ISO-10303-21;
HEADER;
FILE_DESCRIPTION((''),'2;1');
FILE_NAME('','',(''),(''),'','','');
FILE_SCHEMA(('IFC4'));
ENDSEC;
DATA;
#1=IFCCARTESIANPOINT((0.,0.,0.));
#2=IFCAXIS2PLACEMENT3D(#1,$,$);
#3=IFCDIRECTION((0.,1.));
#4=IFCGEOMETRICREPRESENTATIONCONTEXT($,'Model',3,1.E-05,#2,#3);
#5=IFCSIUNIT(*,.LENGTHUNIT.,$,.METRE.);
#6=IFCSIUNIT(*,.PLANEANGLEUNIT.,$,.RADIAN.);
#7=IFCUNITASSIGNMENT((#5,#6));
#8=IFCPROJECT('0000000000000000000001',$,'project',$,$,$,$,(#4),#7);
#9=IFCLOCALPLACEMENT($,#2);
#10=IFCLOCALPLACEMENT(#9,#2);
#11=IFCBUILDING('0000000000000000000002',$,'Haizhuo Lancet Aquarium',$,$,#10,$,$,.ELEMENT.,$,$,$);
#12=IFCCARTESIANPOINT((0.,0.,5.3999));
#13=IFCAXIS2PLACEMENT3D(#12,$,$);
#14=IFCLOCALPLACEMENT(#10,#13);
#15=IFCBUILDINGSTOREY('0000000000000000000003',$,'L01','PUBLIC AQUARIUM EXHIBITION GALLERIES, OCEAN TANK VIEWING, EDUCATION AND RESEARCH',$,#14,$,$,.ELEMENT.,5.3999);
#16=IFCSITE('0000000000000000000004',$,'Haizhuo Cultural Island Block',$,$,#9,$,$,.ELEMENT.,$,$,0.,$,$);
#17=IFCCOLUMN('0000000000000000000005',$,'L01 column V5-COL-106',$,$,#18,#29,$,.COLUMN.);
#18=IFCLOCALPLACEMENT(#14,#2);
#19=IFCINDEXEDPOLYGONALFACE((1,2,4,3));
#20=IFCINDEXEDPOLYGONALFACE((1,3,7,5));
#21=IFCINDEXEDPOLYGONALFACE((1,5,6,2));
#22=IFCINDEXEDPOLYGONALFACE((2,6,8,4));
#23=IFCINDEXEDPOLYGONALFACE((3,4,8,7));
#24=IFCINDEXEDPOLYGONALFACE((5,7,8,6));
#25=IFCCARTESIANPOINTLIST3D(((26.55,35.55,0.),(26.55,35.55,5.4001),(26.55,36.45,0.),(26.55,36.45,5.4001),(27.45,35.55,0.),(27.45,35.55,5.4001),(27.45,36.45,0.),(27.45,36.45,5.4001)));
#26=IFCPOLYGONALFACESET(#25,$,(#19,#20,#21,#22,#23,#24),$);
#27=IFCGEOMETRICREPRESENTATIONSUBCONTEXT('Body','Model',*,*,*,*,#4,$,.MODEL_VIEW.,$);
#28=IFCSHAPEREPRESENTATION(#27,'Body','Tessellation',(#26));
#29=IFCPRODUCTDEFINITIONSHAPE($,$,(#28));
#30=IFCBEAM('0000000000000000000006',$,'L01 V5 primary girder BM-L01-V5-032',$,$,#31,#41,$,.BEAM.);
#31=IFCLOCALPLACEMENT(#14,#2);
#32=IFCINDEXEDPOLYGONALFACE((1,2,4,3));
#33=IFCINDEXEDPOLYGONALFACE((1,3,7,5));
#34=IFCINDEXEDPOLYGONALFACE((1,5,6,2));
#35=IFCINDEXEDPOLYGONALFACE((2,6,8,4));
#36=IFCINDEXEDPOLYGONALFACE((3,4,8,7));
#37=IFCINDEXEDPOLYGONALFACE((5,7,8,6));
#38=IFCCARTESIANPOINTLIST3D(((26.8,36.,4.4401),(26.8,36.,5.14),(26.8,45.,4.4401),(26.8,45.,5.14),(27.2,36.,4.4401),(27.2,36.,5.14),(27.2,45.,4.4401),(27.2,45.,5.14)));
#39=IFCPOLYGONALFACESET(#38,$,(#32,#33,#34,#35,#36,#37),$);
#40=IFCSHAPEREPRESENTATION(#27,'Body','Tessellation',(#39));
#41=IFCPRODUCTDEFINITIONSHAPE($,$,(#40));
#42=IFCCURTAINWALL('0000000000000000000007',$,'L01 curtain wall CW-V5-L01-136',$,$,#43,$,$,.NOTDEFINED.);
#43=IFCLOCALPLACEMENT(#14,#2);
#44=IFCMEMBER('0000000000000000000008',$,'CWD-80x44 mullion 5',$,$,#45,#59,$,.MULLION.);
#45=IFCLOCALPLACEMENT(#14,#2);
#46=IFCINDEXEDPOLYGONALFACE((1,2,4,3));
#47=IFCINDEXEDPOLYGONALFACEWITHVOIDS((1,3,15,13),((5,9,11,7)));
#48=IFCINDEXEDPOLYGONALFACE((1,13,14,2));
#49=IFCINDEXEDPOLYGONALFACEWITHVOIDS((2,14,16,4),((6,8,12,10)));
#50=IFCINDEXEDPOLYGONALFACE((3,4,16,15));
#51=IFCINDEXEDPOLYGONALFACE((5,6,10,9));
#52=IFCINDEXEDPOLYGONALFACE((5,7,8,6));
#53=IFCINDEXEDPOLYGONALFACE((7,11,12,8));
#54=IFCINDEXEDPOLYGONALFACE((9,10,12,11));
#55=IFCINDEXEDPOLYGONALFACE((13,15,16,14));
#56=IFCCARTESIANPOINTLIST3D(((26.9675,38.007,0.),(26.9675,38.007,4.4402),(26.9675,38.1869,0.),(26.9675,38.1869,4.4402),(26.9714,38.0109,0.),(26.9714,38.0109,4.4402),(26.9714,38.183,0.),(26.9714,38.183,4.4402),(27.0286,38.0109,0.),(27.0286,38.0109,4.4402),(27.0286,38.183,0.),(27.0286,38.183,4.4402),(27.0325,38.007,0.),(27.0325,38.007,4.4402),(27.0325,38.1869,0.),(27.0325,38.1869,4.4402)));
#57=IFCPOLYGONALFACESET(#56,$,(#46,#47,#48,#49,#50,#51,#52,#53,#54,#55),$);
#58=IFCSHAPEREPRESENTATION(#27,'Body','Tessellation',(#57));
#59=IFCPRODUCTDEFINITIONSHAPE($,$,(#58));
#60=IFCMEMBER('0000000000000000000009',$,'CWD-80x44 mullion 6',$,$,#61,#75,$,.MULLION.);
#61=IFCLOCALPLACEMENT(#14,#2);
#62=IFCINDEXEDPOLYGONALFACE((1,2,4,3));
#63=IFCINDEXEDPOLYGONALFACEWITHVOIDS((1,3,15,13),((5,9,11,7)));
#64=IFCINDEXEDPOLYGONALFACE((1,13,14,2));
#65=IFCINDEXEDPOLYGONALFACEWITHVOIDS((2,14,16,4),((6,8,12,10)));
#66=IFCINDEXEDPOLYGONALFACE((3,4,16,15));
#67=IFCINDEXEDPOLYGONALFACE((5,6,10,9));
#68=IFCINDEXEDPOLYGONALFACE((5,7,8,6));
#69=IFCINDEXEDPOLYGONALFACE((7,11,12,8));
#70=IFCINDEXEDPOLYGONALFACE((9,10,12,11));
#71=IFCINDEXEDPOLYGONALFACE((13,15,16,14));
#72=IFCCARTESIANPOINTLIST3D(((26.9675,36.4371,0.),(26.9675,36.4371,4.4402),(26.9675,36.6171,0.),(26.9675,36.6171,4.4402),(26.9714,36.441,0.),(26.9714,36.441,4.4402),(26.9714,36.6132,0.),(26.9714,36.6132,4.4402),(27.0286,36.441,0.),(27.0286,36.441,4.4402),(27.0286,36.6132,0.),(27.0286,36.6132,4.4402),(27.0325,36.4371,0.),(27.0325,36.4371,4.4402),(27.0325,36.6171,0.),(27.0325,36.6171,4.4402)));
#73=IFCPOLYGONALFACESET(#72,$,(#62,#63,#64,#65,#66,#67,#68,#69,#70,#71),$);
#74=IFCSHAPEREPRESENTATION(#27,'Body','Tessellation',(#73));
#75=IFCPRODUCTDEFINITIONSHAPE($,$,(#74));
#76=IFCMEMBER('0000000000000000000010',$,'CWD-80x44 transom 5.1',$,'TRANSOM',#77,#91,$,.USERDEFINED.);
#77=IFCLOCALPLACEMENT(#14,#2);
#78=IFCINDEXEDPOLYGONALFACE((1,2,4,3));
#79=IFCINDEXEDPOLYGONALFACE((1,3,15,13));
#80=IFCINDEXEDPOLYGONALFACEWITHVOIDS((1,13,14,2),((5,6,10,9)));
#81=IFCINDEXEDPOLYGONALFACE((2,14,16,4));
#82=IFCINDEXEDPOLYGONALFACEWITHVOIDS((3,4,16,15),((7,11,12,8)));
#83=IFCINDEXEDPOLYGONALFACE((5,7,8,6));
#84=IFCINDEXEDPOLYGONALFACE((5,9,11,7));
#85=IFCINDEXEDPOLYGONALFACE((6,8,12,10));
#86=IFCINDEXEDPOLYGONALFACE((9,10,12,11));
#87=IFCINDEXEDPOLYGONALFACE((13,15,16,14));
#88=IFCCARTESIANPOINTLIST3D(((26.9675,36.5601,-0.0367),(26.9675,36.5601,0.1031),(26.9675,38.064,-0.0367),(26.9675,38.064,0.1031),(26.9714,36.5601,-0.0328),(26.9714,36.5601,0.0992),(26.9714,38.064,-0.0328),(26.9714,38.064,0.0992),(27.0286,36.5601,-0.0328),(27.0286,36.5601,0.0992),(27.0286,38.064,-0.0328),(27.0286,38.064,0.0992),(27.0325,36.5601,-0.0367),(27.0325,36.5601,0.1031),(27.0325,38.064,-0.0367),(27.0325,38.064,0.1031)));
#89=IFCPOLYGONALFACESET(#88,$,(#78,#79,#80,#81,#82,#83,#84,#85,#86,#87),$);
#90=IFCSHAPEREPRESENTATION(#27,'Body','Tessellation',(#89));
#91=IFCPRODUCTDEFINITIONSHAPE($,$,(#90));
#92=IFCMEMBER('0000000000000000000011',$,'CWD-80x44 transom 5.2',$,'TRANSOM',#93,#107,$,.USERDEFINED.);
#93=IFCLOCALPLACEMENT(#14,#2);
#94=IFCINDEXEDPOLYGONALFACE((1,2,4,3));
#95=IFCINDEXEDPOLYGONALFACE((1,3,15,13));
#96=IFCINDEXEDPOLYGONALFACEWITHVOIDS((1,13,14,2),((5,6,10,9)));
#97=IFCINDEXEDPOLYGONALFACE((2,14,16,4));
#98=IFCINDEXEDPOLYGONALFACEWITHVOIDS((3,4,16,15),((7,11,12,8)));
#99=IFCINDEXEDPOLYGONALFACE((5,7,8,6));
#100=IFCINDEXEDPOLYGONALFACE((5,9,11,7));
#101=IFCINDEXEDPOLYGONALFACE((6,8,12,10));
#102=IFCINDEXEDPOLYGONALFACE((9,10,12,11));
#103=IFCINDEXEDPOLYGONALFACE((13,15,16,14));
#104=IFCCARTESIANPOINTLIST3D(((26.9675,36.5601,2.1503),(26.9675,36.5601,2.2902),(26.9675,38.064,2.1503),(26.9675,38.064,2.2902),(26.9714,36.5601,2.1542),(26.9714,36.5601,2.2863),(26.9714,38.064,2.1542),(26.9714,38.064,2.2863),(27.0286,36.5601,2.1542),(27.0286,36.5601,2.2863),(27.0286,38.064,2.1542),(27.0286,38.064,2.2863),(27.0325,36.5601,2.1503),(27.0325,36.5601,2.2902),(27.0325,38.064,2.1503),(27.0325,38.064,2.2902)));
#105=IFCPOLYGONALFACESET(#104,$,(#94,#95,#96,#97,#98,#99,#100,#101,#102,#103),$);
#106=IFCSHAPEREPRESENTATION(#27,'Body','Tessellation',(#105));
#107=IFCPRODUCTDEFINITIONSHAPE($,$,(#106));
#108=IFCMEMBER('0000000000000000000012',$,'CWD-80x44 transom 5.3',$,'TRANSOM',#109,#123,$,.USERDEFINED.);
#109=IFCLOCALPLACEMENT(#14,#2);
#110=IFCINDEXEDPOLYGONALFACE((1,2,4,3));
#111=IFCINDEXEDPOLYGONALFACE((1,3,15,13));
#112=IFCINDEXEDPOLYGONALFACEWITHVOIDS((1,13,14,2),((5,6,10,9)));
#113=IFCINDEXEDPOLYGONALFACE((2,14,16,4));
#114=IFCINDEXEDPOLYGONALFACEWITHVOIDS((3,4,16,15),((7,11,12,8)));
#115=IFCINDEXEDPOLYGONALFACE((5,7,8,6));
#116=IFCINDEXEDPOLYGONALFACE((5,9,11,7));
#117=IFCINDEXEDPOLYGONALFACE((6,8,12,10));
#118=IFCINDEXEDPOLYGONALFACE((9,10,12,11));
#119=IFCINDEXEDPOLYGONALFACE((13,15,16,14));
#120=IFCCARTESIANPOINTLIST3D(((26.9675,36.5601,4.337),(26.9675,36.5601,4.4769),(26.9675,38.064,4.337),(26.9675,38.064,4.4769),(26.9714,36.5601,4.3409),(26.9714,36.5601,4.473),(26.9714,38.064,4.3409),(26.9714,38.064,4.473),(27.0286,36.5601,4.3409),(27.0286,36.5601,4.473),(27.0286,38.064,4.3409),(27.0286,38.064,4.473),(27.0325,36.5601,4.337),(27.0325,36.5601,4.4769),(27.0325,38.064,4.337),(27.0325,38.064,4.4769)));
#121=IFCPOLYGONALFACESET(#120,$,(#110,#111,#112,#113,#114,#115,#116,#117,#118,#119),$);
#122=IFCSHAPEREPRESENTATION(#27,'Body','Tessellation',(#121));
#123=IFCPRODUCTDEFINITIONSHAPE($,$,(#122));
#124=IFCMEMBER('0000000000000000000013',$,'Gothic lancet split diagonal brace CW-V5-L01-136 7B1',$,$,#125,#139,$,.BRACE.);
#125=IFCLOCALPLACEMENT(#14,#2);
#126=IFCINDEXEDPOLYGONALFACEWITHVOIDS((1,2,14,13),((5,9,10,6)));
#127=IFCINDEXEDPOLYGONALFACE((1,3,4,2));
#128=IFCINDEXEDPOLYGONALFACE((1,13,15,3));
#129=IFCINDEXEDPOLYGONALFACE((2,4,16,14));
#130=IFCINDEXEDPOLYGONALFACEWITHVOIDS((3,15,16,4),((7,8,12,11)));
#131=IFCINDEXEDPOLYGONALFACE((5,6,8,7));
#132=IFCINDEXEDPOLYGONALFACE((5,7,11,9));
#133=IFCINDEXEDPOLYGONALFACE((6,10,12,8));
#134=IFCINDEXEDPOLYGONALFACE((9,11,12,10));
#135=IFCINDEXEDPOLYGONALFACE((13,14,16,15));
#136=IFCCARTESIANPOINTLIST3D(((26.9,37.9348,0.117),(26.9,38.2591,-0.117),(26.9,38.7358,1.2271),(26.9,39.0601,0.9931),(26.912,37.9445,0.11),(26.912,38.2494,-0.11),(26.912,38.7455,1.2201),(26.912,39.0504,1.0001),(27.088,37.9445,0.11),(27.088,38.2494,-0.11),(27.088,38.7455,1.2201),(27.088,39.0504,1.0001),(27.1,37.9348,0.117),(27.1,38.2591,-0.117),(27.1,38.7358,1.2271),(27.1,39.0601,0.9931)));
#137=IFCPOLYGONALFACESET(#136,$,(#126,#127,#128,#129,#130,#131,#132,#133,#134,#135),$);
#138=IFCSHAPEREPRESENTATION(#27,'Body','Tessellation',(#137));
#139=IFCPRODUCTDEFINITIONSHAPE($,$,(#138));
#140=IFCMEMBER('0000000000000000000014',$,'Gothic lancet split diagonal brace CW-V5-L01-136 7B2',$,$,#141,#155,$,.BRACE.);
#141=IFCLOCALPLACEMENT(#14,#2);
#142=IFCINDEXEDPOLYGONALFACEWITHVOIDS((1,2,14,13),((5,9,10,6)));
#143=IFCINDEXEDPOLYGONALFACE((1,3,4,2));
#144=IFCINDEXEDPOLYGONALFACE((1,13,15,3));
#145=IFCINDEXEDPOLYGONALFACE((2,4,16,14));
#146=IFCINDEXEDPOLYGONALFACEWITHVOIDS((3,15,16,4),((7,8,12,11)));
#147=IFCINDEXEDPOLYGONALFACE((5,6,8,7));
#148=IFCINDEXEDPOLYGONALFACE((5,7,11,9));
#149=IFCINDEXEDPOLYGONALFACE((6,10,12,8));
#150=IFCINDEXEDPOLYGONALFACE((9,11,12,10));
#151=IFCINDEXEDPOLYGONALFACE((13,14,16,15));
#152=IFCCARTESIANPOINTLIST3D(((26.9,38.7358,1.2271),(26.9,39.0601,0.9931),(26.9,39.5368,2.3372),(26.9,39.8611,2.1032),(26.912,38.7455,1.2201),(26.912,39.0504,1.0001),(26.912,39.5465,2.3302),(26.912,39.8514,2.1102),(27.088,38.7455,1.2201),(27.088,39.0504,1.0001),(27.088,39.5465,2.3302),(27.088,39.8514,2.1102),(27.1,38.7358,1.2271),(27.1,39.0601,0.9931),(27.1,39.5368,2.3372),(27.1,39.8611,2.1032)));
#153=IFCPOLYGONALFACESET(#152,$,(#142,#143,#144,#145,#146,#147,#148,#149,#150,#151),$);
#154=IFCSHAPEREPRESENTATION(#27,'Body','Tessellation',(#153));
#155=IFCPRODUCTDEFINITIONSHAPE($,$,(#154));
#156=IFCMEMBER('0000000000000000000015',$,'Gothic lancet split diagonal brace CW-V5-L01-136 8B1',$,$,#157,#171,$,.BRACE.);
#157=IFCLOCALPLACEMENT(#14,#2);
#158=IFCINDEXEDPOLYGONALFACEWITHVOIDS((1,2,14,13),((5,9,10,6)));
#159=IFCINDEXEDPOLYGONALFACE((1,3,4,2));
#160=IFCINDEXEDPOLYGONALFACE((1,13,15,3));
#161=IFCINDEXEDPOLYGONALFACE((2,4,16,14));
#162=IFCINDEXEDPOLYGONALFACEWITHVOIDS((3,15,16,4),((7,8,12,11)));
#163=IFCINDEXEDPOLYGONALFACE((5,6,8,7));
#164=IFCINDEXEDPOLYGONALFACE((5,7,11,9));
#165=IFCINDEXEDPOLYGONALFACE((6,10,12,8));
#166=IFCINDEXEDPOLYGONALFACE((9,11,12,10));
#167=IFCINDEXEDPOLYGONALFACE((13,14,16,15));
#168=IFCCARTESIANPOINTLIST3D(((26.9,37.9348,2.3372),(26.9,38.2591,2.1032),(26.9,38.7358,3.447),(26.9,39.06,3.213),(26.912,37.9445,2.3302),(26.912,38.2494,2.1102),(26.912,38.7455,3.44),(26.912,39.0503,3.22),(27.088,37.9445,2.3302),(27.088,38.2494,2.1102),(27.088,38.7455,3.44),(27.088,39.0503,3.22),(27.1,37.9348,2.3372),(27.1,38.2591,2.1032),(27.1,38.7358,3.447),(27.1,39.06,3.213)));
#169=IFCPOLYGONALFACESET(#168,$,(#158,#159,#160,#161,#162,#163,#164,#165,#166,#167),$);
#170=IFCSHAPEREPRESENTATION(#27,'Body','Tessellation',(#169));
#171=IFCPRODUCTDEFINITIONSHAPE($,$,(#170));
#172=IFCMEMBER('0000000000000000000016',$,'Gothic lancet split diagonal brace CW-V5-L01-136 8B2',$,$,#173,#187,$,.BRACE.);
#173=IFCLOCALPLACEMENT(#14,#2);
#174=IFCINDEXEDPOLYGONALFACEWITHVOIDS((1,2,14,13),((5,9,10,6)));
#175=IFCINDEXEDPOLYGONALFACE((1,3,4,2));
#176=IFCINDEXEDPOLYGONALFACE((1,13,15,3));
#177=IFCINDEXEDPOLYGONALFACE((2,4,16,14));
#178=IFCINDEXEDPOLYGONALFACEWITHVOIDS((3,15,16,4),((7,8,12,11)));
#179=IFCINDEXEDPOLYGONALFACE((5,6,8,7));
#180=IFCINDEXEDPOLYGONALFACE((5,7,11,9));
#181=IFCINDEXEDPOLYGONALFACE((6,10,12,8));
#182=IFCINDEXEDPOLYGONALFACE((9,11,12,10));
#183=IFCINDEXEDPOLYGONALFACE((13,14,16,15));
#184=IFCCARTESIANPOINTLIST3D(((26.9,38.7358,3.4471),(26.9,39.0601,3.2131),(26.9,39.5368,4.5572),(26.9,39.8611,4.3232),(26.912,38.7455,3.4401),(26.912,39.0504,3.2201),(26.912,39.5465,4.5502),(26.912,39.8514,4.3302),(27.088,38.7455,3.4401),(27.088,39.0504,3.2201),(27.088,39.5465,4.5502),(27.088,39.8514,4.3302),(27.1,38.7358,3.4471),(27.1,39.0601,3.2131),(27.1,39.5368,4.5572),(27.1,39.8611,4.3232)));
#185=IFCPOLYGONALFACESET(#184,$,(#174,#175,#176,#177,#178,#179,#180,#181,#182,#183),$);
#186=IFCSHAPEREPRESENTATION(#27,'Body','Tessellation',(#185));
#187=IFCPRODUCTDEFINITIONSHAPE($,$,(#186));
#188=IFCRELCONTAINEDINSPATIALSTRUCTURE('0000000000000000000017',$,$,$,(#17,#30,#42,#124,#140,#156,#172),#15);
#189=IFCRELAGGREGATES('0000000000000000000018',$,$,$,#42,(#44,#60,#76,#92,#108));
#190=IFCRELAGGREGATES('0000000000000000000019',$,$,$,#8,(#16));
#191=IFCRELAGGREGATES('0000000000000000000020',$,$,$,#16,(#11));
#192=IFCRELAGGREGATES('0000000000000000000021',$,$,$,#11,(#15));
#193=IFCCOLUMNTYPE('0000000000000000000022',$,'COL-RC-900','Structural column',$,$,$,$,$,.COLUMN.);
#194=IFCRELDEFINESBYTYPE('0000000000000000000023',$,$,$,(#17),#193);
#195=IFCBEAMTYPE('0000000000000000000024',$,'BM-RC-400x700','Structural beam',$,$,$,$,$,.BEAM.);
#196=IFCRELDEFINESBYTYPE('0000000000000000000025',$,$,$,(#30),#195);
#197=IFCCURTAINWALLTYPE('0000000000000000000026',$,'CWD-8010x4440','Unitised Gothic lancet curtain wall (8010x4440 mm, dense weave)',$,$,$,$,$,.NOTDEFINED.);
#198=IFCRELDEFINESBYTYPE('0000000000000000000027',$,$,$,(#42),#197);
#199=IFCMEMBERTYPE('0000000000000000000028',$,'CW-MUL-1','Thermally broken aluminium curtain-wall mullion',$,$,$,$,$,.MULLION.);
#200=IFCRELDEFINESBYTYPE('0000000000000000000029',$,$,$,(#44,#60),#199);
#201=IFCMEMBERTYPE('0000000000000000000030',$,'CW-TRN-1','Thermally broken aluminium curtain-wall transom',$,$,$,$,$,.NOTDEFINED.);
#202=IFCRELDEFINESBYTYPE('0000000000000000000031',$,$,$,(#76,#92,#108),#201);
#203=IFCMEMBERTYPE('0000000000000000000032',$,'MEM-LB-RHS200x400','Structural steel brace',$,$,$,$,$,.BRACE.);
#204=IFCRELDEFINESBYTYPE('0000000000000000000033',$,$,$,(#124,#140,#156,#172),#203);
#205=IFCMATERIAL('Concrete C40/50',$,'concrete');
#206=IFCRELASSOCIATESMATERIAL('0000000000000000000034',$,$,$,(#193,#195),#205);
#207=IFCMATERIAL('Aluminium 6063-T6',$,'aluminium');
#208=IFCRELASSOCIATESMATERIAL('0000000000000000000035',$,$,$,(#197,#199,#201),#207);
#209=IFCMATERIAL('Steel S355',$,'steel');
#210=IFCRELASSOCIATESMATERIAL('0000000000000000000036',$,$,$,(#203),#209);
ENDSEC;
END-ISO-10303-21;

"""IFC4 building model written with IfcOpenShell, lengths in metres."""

from ifc_helpers import new_model, si_unit, direction, frame, origin, origin_2d, place, context, subcontext, project, spatial, rectangle, hollow_rectangle, extrude, material, material_profile, profile_set, type_object, element, aggregate, save


model = new_model("IFC4")

# Units and contexts
model_context = context("Model", 3, precision=1e-05, world=origin(), true_north=direction((0.0, 1.0)))
body_context = subcontext(model_context, "Body", "Model", "MODEL_VIEW")
ifc_project = project(units=[si_unit("LENGTHUNIT", "METRE"), si_unit("PLANEANGLEUNIT", "RADIAN")], contexts=[model_context])

# Site, building, storey
site_placement = place(None, origin())
site = spatial("IfcSite", under=ifc_project, at=site_placement, Name="Haizhuo Cultural Island Block", CompositionType="ELEMENT", RefElevation=0.0)
building_placement = place(site_placement, origin())
building = spatial("IfcBuilding", under=site, at=building_placement, Name="Haizhuo Lancet Aquarium", CompositionType="ELEMENT")
storey_placement = place(building_placement, frame((0.0, 0.0, 5.3999)))
storey = spatial("IfcBuildingStorey", under=building, at=storey_placement, Name="L01", Description="PUBLIC AQUARIUM EXHIBITION GALLERIES, OCEAN TANK VIEWING, EDUCATION AND RESEARCH", CompositionType="ELEMENT", Elevation=5.3999)

# Column
ifc_material_1 = material(Name="Concrete C40/50", Category="concrete")
ifc_material_profile_1 = material_profile(ifc_material_1, rectangle(XDim=0.8999, YDim=0.8999, at=origin_2d()), Name="RC-COL 900x900")
ifc_profile_set_1 = profile_set([ifc_material_profile_1], Name="Concrete C40/50")
column_type = type_object("IfcColumnType", Name="COL-RC-900", Description="Structural column", PredefinedType="COLUMN", material=ifc_profile_set_1)
column_placement = place(storey_placement, frame((27.0, 36.0, 0.0), z_axis=(0.0, 0.0, 1.0), x_axis=(1.0, 0.0, 0.0)))
element("IfcColumn", 1, at=column_placement, inside=storey, type_object=column_type, Name="L01 column V5-COL-106", PredefinedType="COLUMN", context=body_context, shape_type="SweptSolid", body=[
    extrude(rectangle(XDim=0.8999, YDim=0.8999, at=origin_2d()), origin(), (0.0, 0.0, 1.0), 5.4001),
])

# Beam
ifc_material_profile_2 = material_profile(ifc_material_1, rectangle(XDim=0.3999, YDim=0.7, at=origin_2d()), Name="RC-BM 400x700")
ifc_profile_set_2 = profile_set([ifc_material_profile_2], Name="Concrete C40/50")
beam_type = type_object("IfcBeamType", Name="BM-RC-400x700", Description="Structural beam", PredefinedType="BEAM", material=ifc_profile_set_2)
beam_placement = place(storey_placement, frame((27.0, 36.0, 4.79), z_axis=(0.0, 1.0, 0.0), x_axis=(-1.0, 0.0, 0.0)))
element("IfcBeam", 2, at=beam_placement, inside=storey, type_object=beam_type, Name="L01 V5 primary girder BM-L01-V5-032", PredefinedType="BEAM", context=body_context, shape_type="SweptSolid", body=[
    extrude(rectangle(XDim=0.3999, YDim=0.7, at=origin_2d()), origin(), (0.0, 0.0, 1.0), 9.0),
])

# Curtain wall, members
ifc_material_2 = material(Name="Aluminium 6063-T6", Category="aluminium")
curtain_wall_type = type_object("IfcCurtainWallType", Name="CWD-8010x4440", Description="Unitised Gothic lancet curtain wall (8010x4440 mm, dense weave)", PredefinedType="NOTDEFINED", material=ifc_material_2)
curtain_wall_placement = place(storey_placement, origin())
curtain_wall = element("IfcCurtainWall", 3, at=curtain_wall_placement, inside=storey, type_object=curtain_wall_type, Name="L01 curtain wall CW-V5-L01-136", PredefinedType="NOTDEFINED")
ifc_material_profile_3 = material_profile(ifc_material_2, hollow_rectangle(XDim=0.0649, YDim=0.1799, WallThickness=0.0039, at=origin_2d()), Name="ALU-M 65x180x4")
ifc_profile_set_3 = profile_set([ifc_material_profile_3], Name="Aluminium 6063-T6")
member_type_1 = type_object("IfcMemberType", Name="CW-MUL-1", Description="Thermally broken aluminium curtain-wall mullion", PredefinedType="MULLION", material=ifc_profile_set_3)
member_1_placement = place(storey_placement, frame((27.0, 38.0969, 0.0), z_axis=(0.0, 0.0, 1.0), x_axis=(1.0, 0.0, 0.0)))
member_1 = element("IfcMember", 4, at=member_1_placement, type_object=member_type_1, Name="CWD-80x44 mullion 5", PredefinedType="MULLION", context=body_context, shape_type="SweptSolid", body=[
    extrude(hollow_rectangle(XDim=0.0649, YDim=0.1799, WallThickness=0.0039, at=origin_2d()), origin(), (0.0, 0.0, 1.0), 4.4402),
])
member_2_placement = place(storey_placement, frame((27.0, 36.5271, 0.0), z_axis=(0.0, 0.0, 1.0), x_axis=(1.0, 0.0, 0.0)))
member_2 = element("IfcMember", 5, at=member_2_placement, type_object=member_type_1, Name="CWD-80x44 mullion 6", PredefinedType="MULLION", context=body_context, shape_type="SweptSolid", body=[
    extrude(hollow_rectangle(XDim=0.0649, YDim=0.1799, WallThickness=0.0039, at=origin_2d()), origin(), (0.0, 0.0, 1.0), 4.4402),
])
ifc_material_profile_4 = material_profile(ifc_material_2, hollow_rectangle(XDim=0.0649, YDim=0.1399, WallThickness=0.0039, at=origin_2d()), Name="ALU-T 65x140x4")
ifc_profile_set_4 = profile_set([ifc_material_profile_4], Name="Aluminium 6063-T6")
member_type_2 = type_object("IfcMemberType", Name="CW-TRN-1", Description="Thermally broken aluminium curtain-wall transom", PredefinedType="NOTDEFINED", material=ifc_profile_set_4)
member_3_placement = place(storey_placement, frame((27.0, 38.064, 0.0332), z_axis=(0.0, -1.0, 0.0), x_axis=(1.0, 0.0, 0.0)))
member_3 = element("IfcMember", 6, at=member_3_placement, type_object=member_type_2, Name="CWD-80x44 transom 5.1", ObjectType="TRANSOM", PredefinedType="USERDEFINED", context=body_context, shape_type="SweptSolid", body=[
    extrude(hollow_rectangle(XDim=0.0649, YDim=0.1399, WallThickness=0.0039, at=origin_2d()), origin(), (0.0, 0.0, 1.0), 1.5039),
])
member_4_placement = place(storey_placement, frame((27.0, 38.064, 2.2202), z_axis=(0.0, -1.0, 0.0), x_axis=(1.0, 0.0, 0.0)))
member_4 = element("IfcMember", 7, at=member_4_placement, type_object=member_type_2, Name="CWD-80x44 transom 5.2", ObjectType="TRANSOM", PredefinedType="USERDEFINED", context=body_context, shape_type="SweptSolid", body=[
    extrude(hollow_rectangle(XDim=0.0649, YDim=0.1399, WallThickness=0.0039, at=origin_2d()), origin(), (0.0, 0.0, 1.0), 1.5039),
])
member_5_placement = place(storey_placement, frame((27.0, 38.064, 4.407), z_axis=(0.0, -1.0, 0.0), x_axis=(1.0, 0.0, 0.0)))
member_5 = element("IfcMember", 8, at=member_5_placement, type_object=member_type_2, Name="CWD-80x44 transom 5.3", ObjectType="TRANSOM", PredefinedType="USERDEFINED", context=body_context, shape_type="SweptSolid", body=[
    extrude(hollow_rectangle(XDim=0.0649, YDim=0.1399, WallThickness=0.0039, at=origin_2d()), origin(), (0.0, 0.0, 1.0), 1.5039),
])

# Members
ifc_material_3 = material(Name="Steel S355", Category="steel")
ifc_material_profile_5 = material_profile(ifc_material_3, hollow_rectangle(XDim=0.2, YDim=0.3999, WallThickness=0.012, at=origin_2d()), Name="RHS 200x400x12")
ifc_profile_set_5 = profile_set([ifc_material_profile_5], Name="Steel S355")
member_type_3 = type_object("IfcMemberType", Name="MEM-LB-RHS200x400", Description="Structural steel brace", PredefinedType="BRACE", material=ifc_profile_set_5)
for number, where, z_axis, x_axis, name in (
    (9, (27.0, 38.0969, 0.0), (0.0, 0.585145, 0.810928), (-1.0, 0.0, 0.0), "Gothic lancet split diagonal brace CW-V5-L01-136 7B1"),
    (10, (27.0, 38.8979, 1.1101), (0.0, 0.585145, 0.810928), (-1.0, 0.0, 0.0), "Gothic lancet split diagonal brace CW-V5-L01-136 7B2"),
):
    element("IfcMember", number, at=place(storey_placement, frame(where, z_axis=z_axis, x_axis=x_axis)), inside=storey, type_object=member_type_3, Name=name, PredefinedType="BRACE", context=body_context, shape_type="SweptSolid", body=[
        extrude(hollow_rectangle(XDim=0.2, YDim=0.3999, WallThickness=0.012, at=origin_2d()), origin(), (0.0, 0.0, 1.0), 1.3689),
    ])
member_6_placement = place(storey_placement, frame((27.0, 38.0969, 2.2202), z_axis=(0.0, 0.58523, 0.810867), x_axis=(-1.0, 0.0, 0.0)))
element("IfcMember", 11, at=member_6_placement, inside=storey, type_object=member_type_3, Name="Gothic lancet split diagonal brace CW-V5-L01-136 8B1", PredefinedType="BRACE", context=body_context, shape_type="SweptSolid", body=[
    extrude(hollow_rectangle(XDim=0.2, YDim=0.3999, WallThickness=0.012, at=origin_2d()), origin(), (0.0, 0.0, 1.0), 1.3687),
])
member_7_placement = place(storey_placement, frame((27.0, 38.8979, 3.3301), z_axis=(0.0, 0.585145, 0.810928), x_axis=(-1.0, 0.0, 0.0)))
element("IfcMember", 12, at=member_7_placement, inside=storey, type_object=member_type_3, Name="Gothic lancet split diagonal brace CW-V5-L01-136 8B2", PredefinedType="BRACE", context=body_context, shape_type="SweptSolid", body=[
    extrude(hollow_rectangle(XDim=0.2, YDim=0.3999, WallThickness=0.012, at=origin_2d()), origin(), (0.0, 0.0, 1.0), 1.3689),
])

aggregate(curtain_wall, [member_1, member_2, member_3, member_4, member_5])

save(model, "model.ifc")
